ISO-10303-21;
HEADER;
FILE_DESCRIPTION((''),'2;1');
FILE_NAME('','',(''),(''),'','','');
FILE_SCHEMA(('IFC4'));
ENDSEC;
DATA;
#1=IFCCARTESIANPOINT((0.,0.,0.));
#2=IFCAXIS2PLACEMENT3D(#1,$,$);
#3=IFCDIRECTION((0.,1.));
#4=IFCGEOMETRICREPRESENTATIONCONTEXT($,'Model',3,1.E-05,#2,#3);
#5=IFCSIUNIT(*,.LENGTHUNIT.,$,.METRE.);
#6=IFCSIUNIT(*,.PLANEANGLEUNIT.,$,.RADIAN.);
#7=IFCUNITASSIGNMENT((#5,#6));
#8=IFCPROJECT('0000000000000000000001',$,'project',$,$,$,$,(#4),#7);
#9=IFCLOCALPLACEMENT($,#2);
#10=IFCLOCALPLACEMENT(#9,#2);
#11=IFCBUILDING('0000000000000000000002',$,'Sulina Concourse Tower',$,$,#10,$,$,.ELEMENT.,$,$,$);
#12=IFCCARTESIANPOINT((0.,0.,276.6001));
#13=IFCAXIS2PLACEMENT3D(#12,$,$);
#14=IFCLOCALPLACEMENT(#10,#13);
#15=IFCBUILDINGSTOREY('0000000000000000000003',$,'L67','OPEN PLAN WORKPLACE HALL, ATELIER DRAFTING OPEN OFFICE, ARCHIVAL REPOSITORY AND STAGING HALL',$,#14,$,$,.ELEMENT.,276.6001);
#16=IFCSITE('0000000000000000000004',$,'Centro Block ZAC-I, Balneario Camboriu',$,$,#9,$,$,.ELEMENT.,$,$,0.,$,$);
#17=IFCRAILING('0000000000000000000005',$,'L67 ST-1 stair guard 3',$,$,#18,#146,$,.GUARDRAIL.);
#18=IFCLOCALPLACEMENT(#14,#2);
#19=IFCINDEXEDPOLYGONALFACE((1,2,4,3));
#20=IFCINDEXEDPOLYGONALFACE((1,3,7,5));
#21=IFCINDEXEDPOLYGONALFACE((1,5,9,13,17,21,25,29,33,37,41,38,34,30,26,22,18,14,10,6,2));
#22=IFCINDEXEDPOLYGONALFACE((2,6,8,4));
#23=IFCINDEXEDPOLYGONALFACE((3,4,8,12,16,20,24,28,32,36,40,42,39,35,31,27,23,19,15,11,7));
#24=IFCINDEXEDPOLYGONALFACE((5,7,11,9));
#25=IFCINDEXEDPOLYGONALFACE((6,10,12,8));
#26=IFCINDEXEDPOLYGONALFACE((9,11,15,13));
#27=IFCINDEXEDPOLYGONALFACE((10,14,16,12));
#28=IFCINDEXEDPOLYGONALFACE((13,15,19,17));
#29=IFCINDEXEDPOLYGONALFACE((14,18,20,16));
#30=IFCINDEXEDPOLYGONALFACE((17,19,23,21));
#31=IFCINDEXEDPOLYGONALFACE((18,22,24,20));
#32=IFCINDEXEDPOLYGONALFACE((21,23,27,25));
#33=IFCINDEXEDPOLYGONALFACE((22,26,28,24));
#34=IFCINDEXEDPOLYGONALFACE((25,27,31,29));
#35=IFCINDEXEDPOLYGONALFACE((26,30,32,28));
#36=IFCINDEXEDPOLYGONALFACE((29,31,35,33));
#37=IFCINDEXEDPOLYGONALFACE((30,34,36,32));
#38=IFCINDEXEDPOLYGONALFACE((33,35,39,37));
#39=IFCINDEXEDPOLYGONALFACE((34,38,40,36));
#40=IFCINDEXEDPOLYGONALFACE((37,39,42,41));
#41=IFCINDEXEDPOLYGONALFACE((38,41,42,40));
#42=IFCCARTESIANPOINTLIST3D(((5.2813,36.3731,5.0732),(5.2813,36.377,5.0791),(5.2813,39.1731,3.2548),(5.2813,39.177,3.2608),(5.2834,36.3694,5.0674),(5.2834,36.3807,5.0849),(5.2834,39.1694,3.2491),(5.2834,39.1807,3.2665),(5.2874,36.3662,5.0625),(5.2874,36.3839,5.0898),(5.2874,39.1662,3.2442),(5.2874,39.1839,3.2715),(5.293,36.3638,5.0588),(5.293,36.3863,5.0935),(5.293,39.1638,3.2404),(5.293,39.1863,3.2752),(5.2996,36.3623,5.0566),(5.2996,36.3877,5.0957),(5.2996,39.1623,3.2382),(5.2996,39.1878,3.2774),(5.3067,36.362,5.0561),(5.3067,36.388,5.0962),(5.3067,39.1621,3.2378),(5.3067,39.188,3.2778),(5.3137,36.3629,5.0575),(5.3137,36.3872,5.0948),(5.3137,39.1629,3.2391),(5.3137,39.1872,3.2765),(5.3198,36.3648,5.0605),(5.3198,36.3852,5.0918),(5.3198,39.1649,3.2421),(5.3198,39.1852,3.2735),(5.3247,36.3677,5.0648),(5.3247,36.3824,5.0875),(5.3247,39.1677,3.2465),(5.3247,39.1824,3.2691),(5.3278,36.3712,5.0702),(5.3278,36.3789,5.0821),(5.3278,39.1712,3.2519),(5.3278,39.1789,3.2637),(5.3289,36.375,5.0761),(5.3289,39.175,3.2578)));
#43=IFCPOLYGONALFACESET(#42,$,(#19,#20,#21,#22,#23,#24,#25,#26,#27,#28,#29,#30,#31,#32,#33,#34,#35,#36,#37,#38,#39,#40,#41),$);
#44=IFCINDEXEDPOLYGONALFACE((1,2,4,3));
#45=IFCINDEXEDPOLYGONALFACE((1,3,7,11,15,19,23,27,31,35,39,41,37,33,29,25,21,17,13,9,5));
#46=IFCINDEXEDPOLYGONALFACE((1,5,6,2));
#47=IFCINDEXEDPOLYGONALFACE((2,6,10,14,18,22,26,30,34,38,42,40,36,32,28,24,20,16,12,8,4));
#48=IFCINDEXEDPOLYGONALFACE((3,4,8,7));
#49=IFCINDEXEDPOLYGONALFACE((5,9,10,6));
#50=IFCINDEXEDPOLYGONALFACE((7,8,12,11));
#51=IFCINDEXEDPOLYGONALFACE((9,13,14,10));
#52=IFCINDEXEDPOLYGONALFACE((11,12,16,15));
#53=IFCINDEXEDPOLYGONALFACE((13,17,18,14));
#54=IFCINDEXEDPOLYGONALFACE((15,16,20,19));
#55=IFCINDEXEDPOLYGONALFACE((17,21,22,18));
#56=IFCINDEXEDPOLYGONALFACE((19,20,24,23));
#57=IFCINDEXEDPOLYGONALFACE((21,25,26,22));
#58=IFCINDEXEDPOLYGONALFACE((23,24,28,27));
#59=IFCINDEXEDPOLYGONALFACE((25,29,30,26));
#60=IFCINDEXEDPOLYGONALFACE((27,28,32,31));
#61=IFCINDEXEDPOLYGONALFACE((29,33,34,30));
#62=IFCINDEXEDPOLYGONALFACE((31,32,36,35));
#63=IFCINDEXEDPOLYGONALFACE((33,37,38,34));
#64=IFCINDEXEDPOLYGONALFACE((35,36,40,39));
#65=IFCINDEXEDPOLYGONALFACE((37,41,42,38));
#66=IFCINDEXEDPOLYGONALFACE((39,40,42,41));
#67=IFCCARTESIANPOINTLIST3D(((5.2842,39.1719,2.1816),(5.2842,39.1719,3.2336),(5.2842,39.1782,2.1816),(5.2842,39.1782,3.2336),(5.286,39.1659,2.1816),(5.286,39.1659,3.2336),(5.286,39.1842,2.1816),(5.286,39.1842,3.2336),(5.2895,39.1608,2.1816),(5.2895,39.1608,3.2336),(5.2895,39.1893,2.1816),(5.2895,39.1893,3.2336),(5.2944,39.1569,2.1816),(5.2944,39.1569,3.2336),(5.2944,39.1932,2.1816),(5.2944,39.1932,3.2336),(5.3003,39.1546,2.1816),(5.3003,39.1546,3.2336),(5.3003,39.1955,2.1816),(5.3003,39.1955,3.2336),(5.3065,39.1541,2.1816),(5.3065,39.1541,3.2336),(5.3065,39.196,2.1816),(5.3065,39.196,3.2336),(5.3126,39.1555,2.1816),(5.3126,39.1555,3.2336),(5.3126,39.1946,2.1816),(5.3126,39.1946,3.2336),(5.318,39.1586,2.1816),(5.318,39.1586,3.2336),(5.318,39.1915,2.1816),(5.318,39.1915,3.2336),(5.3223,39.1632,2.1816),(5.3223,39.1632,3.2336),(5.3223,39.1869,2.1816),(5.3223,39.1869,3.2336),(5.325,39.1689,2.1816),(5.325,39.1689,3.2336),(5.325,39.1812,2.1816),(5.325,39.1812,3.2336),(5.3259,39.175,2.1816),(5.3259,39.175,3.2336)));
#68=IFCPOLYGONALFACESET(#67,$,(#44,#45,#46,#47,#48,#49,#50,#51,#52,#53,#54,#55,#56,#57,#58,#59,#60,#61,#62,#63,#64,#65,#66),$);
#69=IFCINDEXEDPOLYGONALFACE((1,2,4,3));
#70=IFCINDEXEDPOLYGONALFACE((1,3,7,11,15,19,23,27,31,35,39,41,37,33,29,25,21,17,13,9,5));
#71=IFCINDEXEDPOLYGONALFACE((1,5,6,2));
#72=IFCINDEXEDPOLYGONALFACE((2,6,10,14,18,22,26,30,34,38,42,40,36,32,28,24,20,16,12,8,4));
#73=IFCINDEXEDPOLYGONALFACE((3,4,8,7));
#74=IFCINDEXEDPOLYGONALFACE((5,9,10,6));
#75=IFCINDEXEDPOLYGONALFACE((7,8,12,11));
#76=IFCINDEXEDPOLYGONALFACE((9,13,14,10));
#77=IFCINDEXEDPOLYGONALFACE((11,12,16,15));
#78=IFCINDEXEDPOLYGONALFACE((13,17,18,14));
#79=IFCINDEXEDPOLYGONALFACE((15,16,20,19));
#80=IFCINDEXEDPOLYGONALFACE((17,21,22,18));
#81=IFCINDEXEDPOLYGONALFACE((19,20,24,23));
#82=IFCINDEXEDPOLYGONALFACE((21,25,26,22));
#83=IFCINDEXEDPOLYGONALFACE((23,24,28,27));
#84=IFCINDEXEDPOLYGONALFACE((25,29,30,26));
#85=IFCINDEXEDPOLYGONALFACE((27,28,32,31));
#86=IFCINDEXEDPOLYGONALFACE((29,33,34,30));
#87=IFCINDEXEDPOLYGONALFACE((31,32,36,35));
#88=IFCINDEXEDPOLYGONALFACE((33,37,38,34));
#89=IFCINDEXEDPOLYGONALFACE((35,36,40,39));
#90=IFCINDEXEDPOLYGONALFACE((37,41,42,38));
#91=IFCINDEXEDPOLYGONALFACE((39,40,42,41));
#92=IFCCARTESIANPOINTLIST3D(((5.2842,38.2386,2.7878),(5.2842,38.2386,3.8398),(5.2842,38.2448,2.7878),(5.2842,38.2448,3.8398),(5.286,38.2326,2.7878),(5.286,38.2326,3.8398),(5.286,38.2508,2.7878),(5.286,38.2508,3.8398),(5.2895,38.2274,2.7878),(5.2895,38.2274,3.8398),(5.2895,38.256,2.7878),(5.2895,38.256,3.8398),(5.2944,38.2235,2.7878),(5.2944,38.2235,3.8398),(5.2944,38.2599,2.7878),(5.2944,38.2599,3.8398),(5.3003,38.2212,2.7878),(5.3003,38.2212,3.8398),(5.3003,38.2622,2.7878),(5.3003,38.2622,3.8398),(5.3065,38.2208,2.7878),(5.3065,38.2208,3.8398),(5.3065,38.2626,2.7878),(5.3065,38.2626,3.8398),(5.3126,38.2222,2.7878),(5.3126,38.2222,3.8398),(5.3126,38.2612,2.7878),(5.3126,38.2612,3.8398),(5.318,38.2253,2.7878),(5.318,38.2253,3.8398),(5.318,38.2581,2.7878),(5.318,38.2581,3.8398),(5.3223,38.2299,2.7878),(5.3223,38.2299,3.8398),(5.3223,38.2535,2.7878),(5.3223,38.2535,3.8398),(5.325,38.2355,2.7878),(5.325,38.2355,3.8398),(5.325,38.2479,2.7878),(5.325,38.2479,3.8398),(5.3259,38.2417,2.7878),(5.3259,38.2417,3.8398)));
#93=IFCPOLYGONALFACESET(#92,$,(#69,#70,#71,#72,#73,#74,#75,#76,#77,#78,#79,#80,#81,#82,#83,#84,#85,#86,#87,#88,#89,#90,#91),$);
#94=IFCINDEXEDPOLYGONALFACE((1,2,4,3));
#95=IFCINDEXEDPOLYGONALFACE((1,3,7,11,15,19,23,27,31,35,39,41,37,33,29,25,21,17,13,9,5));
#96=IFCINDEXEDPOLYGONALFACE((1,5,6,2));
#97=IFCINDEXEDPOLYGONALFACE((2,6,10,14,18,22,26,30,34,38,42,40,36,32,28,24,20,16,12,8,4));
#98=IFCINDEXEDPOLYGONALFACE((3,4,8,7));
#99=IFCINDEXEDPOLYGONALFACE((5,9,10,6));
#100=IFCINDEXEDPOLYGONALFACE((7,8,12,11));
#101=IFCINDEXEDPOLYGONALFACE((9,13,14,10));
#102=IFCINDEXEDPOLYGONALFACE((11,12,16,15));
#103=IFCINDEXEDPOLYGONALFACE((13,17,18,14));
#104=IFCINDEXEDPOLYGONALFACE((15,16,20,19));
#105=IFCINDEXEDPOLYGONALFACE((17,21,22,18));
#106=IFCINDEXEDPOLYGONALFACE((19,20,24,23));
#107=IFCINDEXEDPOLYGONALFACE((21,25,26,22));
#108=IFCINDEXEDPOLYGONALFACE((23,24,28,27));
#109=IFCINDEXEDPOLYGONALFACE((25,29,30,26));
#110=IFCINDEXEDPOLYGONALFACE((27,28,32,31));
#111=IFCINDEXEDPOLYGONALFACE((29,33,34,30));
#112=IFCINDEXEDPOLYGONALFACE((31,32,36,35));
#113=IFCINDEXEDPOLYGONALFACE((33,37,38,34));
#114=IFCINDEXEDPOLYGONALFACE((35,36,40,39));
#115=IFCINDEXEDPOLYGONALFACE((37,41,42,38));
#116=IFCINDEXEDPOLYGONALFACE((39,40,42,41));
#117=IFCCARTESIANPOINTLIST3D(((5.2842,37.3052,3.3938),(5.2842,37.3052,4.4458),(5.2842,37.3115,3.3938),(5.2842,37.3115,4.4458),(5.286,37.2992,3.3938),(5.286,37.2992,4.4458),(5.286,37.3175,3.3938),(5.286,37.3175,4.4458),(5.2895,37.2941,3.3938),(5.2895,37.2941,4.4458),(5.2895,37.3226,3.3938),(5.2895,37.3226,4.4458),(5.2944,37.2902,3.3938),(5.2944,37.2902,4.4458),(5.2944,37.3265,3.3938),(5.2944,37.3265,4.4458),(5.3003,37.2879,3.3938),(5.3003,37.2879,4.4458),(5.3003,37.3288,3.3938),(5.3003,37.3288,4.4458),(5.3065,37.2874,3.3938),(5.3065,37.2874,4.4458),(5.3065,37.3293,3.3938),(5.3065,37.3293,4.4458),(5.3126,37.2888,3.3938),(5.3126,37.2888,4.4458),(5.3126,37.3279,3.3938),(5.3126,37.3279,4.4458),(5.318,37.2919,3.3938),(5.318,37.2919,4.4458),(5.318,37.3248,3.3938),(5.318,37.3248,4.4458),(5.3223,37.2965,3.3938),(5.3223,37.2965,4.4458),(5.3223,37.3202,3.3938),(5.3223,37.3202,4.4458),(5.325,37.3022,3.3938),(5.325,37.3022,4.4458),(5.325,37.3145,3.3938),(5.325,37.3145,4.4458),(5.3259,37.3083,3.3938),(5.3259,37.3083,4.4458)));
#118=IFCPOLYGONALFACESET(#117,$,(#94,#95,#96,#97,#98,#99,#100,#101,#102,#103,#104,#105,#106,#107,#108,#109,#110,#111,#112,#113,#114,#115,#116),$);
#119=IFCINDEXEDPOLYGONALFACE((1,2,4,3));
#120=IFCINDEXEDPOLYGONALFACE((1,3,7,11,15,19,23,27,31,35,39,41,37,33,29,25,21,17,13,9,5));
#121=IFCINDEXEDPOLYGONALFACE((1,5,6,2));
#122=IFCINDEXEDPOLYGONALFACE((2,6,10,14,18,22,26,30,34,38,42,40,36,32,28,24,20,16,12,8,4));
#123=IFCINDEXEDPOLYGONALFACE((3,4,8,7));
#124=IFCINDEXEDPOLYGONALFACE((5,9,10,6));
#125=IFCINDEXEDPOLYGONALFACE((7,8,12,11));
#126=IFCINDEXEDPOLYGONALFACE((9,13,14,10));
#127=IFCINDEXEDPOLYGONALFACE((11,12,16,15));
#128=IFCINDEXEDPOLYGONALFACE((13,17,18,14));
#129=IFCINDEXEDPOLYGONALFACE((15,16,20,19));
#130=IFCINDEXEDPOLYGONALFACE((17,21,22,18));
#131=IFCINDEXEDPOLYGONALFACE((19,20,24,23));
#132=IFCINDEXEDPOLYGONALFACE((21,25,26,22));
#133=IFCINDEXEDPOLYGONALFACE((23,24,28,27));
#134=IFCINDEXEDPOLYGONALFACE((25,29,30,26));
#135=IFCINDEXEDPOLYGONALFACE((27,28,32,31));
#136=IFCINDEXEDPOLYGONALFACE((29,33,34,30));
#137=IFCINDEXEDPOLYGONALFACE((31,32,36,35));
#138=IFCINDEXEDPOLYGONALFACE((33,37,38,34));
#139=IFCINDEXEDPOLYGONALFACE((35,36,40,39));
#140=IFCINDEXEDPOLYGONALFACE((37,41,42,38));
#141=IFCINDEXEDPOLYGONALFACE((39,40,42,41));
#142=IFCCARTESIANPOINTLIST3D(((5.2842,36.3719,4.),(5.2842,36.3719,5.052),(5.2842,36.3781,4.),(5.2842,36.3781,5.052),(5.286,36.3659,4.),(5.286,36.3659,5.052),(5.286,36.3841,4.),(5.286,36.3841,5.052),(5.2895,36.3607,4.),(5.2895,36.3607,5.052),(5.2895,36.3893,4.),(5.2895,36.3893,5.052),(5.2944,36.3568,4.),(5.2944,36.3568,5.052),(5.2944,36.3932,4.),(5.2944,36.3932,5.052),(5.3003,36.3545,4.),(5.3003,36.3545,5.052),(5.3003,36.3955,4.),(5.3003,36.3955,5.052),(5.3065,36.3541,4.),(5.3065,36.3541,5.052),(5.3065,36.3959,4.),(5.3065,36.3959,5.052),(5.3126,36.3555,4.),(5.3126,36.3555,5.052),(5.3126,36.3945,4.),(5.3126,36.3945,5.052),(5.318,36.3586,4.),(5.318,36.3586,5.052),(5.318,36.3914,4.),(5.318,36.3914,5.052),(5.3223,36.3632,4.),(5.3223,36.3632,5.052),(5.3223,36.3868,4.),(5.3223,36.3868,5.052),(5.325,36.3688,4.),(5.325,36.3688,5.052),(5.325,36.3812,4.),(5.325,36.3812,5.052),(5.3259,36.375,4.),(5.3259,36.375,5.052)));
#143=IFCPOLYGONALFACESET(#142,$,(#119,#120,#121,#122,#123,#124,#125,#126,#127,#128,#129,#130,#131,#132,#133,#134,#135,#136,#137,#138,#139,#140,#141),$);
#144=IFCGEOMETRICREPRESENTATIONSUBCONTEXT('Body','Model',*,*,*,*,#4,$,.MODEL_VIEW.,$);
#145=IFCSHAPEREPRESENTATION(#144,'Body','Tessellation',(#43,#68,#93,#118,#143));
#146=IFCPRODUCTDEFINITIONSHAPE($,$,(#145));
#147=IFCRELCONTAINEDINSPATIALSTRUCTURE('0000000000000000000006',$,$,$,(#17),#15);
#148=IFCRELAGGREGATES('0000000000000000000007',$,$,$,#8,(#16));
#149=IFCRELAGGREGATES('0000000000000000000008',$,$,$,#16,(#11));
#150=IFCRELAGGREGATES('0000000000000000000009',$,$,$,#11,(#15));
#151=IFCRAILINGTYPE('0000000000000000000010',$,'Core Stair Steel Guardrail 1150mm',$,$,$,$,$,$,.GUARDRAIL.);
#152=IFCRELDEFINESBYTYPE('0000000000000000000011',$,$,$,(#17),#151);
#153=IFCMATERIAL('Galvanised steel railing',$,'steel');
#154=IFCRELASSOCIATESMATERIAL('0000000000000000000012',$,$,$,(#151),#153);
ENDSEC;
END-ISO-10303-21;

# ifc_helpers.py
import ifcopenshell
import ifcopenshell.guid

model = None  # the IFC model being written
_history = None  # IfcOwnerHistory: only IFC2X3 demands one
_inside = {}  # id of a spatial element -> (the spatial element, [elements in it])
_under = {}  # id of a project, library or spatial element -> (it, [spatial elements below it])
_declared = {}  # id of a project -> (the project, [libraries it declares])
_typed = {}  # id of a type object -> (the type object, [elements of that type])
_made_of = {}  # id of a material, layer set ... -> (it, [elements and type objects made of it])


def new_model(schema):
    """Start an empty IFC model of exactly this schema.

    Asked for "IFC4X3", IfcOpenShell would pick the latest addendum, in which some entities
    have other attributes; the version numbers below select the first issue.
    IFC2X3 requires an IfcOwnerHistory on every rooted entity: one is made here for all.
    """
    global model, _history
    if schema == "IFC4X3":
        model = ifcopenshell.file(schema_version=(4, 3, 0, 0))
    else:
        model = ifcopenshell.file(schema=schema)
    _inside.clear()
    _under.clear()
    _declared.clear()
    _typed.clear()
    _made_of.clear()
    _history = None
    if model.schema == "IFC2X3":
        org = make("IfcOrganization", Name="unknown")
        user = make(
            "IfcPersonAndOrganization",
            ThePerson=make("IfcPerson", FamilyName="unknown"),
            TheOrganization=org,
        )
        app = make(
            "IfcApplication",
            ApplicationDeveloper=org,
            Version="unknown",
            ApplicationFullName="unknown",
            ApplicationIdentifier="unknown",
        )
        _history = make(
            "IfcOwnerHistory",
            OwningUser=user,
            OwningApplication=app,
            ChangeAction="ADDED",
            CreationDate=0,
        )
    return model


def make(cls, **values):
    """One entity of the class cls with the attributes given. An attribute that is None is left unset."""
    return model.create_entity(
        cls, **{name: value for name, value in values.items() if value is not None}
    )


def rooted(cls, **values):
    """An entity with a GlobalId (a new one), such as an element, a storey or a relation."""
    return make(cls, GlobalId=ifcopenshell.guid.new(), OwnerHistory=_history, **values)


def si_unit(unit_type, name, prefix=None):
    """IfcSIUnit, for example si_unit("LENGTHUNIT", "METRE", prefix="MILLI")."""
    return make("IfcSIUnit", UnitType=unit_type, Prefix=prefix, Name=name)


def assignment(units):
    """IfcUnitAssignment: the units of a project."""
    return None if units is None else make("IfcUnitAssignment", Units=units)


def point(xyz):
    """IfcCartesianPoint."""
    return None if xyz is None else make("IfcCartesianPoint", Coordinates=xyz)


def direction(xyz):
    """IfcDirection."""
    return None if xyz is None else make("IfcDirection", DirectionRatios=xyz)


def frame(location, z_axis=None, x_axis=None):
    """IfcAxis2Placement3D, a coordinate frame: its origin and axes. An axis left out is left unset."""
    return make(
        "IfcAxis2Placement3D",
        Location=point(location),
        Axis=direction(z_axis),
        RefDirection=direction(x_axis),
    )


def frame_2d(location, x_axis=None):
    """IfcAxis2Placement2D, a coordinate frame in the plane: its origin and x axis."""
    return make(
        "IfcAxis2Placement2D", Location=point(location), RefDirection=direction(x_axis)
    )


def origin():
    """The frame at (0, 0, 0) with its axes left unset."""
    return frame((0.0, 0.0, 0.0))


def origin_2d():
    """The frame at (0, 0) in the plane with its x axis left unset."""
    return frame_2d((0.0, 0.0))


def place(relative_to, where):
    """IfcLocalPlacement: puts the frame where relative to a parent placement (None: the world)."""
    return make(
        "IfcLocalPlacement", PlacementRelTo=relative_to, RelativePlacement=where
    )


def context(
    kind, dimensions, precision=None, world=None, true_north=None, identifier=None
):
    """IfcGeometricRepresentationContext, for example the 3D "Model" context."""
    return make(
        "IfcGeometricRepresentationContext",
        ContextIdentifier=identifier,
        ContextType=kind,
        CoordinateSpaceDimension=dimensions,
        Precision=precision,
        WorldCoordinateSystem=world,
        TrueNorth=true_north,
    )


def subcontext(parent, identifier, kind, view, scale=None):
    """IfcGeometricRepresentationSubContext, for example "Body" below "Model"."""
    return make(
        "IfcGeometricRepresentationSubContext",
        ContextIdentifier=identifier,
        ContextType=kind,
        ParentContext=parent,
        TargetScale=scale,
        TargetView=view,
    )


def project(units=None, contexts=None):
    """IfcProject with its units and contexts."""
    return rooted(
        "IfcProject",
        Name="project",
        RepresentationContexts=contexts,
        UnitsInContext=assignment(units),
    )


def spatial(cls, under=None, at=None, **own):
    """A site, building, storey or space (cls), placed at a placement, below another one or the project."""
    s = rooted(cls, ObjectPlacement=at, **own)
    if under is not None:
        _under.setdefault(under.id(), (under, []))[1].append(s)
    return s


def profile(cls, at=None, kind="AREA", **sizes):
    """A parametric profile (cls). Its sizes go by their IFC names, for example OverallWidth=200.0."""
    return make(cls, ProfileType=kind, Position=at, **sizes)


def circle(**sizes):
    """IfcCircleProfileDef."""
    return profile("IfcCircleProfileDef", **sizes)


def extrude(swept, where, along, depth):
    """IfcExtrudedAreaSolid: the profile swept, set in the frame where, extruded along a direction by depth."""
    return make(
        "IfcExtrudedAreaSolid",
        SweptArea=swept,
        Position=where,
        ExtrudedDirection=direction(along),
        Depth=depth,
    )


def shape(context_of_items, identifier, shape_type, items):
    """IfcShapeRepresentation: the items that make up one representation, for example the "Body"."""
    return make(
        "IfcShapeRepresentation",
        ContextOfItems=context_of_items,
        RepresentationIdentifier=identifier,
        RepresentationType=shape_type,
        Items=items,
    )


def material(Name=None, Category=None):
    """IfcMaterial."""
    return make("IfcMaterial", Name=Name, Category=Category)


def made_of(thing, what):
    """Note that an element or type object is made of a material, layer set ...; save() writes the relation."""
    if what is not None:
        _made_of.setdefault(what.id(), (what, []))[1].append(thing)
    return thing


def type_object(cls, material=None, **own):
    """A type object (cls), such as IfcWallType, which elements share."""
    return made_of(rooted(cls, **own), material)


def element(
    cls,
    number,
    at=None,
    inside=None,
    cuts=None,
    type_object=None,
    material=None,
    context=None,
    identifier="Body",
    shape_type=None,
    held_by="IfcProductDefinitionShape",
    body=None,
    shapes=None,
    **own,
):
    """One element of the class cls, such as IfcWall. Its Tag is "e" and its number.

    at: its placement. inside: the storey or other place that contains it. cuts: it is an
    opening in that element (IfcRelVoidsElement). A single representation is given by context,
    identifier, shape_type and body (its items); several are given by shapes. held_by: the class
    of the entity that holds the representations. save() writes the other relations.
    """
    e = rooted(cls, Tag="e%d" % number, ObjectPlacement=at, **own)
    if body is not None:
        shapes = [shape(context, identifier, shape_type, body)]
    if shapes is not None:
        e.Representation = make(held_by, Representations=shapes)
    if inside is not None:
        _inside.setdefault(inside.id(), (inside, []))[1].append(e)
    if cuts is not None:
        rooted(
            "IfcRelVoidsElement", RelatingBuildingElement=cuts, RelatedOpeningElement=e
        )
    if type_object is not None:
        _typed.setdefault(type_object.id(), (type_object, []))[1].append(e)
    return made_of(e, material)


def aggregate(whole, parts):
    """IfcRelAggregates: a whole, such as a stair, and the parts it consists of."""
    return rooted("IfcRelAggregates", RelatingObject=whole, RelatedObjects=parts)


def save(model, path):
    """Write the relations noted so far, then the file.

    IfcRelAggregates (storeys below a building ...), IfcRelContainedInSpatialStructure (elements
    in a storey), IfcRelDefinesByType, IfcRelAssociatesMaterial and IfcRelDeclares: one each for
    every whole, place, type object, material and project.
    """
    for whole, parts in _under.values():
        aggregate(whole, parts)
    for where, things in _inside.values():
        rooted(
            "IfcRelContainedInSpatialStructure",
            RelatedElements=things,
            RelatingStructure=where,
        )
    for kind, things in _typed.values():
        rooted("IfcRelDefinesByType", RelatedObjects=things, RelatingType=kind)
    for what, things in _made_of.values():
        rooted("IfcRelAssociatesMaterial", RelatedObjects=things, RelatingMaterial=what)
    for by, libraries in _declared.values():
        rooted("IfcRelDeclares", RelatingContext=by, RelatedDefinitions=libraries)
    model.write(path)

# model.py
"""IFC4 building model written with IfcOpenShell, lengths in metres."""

from ifc_helpers import new_model, si_unit, direction, frame, origin, origin_2d, place, context, subcontext, project, spatial, circle, extrude, material, type_object, element, save


model = new_model("IFC4")

# Units and contexts
model_context = context("Model", 3, precision=1e-05, world=origin(), true_north=direction((0.0, 1.0)))
body_context = subcontext(model_context, "Body", "Model", "MODEL_VIEW")
ifc_project = project(units=[si_unit("LENGTHUNIT", "METRE"), si_unit("PLANEANGLEUNIT", "RADIAN")], contexts=[model_context])

# Site, building, storey
site_placement = place(None, origin())
site = spatial("IfcSite", under=ifc_project, at=site_placement, Name="Centro Block ZAC-I, Balneario Camboriu", CompositionType="ELEMENT", RefElevation=0.0)
building_placement = place(site_placement, origin())
building = spatial("IfcBuilding", under=site, at=building_placement, Name="Sulina Concourse Tower", CompositionType="ELEMENT")
storey_placement = place(building_placement, frame((0.0, 0.0, 276.6001)))
storey = spatial("IfcBuildingStorey", under=building, at=storey_placement, Name="L67", Description="OPEN PLAN WORKPLACE HALL, ATELIER DRAFTING OPEN OFFICE, ARCHIVAL REPOSITORY AND STAGING HALL", CompositionType="ELEMENT", Elevation=276.6001)

# Railing
ifc_material_1 = material(Name="Galvanised steel railing", Category="steel")
railing_type_1 = type_object("IfcRailingType", Name="Core Stair Steel Guardrail 1150mm", PredefinedType="GUARDRAIL", material=ifc_material_1)
railing_1_placement = place(storey_placement, frame((5.3049, 39.175, 2.1816)))
element("IfcRailing", 1, at=railing_1_placement, inside=storey, type_object=railing_type_1, Name="L67 ST-1 stair guard 3", PredefinedType="GUARDRAIL", context=body_context, shape_type="SweptSolid", body=[
    extrude(circle(Radius=0.0239, at=origin_2d()), frame((0.0, 0.0, 1.0762), z_axis=(0.0, -0.838672, 0.544636), x_axis=(1.0, 0.0, 0.0)), (0.0, 0.0, 1.0), 3.3386),
    extrude(circle(Radius=0.021, at=origin_2d()), origin(), (0.0, 0.0, 1.0), 1.052),
    extrude(circle(Radius=0.021, at=origin_2d()), frame((0.0, -0.9333, 0.6062)), (0.0, 0.0, 1.0), 1.052),
    extrude(circle(Radius=0.021, at=origin_2d()), frame((0.0, -1.8667, 1.2122)), (0.0, 0.0, 1.0), 1.052),
    extrude(circle(Radius=0.021, at=origin_2d()), frame((0.0, -2.8, 1.8184)), (0.0, 0.0, 1.0), 1.052),
])

save(model, "model.ifc")
